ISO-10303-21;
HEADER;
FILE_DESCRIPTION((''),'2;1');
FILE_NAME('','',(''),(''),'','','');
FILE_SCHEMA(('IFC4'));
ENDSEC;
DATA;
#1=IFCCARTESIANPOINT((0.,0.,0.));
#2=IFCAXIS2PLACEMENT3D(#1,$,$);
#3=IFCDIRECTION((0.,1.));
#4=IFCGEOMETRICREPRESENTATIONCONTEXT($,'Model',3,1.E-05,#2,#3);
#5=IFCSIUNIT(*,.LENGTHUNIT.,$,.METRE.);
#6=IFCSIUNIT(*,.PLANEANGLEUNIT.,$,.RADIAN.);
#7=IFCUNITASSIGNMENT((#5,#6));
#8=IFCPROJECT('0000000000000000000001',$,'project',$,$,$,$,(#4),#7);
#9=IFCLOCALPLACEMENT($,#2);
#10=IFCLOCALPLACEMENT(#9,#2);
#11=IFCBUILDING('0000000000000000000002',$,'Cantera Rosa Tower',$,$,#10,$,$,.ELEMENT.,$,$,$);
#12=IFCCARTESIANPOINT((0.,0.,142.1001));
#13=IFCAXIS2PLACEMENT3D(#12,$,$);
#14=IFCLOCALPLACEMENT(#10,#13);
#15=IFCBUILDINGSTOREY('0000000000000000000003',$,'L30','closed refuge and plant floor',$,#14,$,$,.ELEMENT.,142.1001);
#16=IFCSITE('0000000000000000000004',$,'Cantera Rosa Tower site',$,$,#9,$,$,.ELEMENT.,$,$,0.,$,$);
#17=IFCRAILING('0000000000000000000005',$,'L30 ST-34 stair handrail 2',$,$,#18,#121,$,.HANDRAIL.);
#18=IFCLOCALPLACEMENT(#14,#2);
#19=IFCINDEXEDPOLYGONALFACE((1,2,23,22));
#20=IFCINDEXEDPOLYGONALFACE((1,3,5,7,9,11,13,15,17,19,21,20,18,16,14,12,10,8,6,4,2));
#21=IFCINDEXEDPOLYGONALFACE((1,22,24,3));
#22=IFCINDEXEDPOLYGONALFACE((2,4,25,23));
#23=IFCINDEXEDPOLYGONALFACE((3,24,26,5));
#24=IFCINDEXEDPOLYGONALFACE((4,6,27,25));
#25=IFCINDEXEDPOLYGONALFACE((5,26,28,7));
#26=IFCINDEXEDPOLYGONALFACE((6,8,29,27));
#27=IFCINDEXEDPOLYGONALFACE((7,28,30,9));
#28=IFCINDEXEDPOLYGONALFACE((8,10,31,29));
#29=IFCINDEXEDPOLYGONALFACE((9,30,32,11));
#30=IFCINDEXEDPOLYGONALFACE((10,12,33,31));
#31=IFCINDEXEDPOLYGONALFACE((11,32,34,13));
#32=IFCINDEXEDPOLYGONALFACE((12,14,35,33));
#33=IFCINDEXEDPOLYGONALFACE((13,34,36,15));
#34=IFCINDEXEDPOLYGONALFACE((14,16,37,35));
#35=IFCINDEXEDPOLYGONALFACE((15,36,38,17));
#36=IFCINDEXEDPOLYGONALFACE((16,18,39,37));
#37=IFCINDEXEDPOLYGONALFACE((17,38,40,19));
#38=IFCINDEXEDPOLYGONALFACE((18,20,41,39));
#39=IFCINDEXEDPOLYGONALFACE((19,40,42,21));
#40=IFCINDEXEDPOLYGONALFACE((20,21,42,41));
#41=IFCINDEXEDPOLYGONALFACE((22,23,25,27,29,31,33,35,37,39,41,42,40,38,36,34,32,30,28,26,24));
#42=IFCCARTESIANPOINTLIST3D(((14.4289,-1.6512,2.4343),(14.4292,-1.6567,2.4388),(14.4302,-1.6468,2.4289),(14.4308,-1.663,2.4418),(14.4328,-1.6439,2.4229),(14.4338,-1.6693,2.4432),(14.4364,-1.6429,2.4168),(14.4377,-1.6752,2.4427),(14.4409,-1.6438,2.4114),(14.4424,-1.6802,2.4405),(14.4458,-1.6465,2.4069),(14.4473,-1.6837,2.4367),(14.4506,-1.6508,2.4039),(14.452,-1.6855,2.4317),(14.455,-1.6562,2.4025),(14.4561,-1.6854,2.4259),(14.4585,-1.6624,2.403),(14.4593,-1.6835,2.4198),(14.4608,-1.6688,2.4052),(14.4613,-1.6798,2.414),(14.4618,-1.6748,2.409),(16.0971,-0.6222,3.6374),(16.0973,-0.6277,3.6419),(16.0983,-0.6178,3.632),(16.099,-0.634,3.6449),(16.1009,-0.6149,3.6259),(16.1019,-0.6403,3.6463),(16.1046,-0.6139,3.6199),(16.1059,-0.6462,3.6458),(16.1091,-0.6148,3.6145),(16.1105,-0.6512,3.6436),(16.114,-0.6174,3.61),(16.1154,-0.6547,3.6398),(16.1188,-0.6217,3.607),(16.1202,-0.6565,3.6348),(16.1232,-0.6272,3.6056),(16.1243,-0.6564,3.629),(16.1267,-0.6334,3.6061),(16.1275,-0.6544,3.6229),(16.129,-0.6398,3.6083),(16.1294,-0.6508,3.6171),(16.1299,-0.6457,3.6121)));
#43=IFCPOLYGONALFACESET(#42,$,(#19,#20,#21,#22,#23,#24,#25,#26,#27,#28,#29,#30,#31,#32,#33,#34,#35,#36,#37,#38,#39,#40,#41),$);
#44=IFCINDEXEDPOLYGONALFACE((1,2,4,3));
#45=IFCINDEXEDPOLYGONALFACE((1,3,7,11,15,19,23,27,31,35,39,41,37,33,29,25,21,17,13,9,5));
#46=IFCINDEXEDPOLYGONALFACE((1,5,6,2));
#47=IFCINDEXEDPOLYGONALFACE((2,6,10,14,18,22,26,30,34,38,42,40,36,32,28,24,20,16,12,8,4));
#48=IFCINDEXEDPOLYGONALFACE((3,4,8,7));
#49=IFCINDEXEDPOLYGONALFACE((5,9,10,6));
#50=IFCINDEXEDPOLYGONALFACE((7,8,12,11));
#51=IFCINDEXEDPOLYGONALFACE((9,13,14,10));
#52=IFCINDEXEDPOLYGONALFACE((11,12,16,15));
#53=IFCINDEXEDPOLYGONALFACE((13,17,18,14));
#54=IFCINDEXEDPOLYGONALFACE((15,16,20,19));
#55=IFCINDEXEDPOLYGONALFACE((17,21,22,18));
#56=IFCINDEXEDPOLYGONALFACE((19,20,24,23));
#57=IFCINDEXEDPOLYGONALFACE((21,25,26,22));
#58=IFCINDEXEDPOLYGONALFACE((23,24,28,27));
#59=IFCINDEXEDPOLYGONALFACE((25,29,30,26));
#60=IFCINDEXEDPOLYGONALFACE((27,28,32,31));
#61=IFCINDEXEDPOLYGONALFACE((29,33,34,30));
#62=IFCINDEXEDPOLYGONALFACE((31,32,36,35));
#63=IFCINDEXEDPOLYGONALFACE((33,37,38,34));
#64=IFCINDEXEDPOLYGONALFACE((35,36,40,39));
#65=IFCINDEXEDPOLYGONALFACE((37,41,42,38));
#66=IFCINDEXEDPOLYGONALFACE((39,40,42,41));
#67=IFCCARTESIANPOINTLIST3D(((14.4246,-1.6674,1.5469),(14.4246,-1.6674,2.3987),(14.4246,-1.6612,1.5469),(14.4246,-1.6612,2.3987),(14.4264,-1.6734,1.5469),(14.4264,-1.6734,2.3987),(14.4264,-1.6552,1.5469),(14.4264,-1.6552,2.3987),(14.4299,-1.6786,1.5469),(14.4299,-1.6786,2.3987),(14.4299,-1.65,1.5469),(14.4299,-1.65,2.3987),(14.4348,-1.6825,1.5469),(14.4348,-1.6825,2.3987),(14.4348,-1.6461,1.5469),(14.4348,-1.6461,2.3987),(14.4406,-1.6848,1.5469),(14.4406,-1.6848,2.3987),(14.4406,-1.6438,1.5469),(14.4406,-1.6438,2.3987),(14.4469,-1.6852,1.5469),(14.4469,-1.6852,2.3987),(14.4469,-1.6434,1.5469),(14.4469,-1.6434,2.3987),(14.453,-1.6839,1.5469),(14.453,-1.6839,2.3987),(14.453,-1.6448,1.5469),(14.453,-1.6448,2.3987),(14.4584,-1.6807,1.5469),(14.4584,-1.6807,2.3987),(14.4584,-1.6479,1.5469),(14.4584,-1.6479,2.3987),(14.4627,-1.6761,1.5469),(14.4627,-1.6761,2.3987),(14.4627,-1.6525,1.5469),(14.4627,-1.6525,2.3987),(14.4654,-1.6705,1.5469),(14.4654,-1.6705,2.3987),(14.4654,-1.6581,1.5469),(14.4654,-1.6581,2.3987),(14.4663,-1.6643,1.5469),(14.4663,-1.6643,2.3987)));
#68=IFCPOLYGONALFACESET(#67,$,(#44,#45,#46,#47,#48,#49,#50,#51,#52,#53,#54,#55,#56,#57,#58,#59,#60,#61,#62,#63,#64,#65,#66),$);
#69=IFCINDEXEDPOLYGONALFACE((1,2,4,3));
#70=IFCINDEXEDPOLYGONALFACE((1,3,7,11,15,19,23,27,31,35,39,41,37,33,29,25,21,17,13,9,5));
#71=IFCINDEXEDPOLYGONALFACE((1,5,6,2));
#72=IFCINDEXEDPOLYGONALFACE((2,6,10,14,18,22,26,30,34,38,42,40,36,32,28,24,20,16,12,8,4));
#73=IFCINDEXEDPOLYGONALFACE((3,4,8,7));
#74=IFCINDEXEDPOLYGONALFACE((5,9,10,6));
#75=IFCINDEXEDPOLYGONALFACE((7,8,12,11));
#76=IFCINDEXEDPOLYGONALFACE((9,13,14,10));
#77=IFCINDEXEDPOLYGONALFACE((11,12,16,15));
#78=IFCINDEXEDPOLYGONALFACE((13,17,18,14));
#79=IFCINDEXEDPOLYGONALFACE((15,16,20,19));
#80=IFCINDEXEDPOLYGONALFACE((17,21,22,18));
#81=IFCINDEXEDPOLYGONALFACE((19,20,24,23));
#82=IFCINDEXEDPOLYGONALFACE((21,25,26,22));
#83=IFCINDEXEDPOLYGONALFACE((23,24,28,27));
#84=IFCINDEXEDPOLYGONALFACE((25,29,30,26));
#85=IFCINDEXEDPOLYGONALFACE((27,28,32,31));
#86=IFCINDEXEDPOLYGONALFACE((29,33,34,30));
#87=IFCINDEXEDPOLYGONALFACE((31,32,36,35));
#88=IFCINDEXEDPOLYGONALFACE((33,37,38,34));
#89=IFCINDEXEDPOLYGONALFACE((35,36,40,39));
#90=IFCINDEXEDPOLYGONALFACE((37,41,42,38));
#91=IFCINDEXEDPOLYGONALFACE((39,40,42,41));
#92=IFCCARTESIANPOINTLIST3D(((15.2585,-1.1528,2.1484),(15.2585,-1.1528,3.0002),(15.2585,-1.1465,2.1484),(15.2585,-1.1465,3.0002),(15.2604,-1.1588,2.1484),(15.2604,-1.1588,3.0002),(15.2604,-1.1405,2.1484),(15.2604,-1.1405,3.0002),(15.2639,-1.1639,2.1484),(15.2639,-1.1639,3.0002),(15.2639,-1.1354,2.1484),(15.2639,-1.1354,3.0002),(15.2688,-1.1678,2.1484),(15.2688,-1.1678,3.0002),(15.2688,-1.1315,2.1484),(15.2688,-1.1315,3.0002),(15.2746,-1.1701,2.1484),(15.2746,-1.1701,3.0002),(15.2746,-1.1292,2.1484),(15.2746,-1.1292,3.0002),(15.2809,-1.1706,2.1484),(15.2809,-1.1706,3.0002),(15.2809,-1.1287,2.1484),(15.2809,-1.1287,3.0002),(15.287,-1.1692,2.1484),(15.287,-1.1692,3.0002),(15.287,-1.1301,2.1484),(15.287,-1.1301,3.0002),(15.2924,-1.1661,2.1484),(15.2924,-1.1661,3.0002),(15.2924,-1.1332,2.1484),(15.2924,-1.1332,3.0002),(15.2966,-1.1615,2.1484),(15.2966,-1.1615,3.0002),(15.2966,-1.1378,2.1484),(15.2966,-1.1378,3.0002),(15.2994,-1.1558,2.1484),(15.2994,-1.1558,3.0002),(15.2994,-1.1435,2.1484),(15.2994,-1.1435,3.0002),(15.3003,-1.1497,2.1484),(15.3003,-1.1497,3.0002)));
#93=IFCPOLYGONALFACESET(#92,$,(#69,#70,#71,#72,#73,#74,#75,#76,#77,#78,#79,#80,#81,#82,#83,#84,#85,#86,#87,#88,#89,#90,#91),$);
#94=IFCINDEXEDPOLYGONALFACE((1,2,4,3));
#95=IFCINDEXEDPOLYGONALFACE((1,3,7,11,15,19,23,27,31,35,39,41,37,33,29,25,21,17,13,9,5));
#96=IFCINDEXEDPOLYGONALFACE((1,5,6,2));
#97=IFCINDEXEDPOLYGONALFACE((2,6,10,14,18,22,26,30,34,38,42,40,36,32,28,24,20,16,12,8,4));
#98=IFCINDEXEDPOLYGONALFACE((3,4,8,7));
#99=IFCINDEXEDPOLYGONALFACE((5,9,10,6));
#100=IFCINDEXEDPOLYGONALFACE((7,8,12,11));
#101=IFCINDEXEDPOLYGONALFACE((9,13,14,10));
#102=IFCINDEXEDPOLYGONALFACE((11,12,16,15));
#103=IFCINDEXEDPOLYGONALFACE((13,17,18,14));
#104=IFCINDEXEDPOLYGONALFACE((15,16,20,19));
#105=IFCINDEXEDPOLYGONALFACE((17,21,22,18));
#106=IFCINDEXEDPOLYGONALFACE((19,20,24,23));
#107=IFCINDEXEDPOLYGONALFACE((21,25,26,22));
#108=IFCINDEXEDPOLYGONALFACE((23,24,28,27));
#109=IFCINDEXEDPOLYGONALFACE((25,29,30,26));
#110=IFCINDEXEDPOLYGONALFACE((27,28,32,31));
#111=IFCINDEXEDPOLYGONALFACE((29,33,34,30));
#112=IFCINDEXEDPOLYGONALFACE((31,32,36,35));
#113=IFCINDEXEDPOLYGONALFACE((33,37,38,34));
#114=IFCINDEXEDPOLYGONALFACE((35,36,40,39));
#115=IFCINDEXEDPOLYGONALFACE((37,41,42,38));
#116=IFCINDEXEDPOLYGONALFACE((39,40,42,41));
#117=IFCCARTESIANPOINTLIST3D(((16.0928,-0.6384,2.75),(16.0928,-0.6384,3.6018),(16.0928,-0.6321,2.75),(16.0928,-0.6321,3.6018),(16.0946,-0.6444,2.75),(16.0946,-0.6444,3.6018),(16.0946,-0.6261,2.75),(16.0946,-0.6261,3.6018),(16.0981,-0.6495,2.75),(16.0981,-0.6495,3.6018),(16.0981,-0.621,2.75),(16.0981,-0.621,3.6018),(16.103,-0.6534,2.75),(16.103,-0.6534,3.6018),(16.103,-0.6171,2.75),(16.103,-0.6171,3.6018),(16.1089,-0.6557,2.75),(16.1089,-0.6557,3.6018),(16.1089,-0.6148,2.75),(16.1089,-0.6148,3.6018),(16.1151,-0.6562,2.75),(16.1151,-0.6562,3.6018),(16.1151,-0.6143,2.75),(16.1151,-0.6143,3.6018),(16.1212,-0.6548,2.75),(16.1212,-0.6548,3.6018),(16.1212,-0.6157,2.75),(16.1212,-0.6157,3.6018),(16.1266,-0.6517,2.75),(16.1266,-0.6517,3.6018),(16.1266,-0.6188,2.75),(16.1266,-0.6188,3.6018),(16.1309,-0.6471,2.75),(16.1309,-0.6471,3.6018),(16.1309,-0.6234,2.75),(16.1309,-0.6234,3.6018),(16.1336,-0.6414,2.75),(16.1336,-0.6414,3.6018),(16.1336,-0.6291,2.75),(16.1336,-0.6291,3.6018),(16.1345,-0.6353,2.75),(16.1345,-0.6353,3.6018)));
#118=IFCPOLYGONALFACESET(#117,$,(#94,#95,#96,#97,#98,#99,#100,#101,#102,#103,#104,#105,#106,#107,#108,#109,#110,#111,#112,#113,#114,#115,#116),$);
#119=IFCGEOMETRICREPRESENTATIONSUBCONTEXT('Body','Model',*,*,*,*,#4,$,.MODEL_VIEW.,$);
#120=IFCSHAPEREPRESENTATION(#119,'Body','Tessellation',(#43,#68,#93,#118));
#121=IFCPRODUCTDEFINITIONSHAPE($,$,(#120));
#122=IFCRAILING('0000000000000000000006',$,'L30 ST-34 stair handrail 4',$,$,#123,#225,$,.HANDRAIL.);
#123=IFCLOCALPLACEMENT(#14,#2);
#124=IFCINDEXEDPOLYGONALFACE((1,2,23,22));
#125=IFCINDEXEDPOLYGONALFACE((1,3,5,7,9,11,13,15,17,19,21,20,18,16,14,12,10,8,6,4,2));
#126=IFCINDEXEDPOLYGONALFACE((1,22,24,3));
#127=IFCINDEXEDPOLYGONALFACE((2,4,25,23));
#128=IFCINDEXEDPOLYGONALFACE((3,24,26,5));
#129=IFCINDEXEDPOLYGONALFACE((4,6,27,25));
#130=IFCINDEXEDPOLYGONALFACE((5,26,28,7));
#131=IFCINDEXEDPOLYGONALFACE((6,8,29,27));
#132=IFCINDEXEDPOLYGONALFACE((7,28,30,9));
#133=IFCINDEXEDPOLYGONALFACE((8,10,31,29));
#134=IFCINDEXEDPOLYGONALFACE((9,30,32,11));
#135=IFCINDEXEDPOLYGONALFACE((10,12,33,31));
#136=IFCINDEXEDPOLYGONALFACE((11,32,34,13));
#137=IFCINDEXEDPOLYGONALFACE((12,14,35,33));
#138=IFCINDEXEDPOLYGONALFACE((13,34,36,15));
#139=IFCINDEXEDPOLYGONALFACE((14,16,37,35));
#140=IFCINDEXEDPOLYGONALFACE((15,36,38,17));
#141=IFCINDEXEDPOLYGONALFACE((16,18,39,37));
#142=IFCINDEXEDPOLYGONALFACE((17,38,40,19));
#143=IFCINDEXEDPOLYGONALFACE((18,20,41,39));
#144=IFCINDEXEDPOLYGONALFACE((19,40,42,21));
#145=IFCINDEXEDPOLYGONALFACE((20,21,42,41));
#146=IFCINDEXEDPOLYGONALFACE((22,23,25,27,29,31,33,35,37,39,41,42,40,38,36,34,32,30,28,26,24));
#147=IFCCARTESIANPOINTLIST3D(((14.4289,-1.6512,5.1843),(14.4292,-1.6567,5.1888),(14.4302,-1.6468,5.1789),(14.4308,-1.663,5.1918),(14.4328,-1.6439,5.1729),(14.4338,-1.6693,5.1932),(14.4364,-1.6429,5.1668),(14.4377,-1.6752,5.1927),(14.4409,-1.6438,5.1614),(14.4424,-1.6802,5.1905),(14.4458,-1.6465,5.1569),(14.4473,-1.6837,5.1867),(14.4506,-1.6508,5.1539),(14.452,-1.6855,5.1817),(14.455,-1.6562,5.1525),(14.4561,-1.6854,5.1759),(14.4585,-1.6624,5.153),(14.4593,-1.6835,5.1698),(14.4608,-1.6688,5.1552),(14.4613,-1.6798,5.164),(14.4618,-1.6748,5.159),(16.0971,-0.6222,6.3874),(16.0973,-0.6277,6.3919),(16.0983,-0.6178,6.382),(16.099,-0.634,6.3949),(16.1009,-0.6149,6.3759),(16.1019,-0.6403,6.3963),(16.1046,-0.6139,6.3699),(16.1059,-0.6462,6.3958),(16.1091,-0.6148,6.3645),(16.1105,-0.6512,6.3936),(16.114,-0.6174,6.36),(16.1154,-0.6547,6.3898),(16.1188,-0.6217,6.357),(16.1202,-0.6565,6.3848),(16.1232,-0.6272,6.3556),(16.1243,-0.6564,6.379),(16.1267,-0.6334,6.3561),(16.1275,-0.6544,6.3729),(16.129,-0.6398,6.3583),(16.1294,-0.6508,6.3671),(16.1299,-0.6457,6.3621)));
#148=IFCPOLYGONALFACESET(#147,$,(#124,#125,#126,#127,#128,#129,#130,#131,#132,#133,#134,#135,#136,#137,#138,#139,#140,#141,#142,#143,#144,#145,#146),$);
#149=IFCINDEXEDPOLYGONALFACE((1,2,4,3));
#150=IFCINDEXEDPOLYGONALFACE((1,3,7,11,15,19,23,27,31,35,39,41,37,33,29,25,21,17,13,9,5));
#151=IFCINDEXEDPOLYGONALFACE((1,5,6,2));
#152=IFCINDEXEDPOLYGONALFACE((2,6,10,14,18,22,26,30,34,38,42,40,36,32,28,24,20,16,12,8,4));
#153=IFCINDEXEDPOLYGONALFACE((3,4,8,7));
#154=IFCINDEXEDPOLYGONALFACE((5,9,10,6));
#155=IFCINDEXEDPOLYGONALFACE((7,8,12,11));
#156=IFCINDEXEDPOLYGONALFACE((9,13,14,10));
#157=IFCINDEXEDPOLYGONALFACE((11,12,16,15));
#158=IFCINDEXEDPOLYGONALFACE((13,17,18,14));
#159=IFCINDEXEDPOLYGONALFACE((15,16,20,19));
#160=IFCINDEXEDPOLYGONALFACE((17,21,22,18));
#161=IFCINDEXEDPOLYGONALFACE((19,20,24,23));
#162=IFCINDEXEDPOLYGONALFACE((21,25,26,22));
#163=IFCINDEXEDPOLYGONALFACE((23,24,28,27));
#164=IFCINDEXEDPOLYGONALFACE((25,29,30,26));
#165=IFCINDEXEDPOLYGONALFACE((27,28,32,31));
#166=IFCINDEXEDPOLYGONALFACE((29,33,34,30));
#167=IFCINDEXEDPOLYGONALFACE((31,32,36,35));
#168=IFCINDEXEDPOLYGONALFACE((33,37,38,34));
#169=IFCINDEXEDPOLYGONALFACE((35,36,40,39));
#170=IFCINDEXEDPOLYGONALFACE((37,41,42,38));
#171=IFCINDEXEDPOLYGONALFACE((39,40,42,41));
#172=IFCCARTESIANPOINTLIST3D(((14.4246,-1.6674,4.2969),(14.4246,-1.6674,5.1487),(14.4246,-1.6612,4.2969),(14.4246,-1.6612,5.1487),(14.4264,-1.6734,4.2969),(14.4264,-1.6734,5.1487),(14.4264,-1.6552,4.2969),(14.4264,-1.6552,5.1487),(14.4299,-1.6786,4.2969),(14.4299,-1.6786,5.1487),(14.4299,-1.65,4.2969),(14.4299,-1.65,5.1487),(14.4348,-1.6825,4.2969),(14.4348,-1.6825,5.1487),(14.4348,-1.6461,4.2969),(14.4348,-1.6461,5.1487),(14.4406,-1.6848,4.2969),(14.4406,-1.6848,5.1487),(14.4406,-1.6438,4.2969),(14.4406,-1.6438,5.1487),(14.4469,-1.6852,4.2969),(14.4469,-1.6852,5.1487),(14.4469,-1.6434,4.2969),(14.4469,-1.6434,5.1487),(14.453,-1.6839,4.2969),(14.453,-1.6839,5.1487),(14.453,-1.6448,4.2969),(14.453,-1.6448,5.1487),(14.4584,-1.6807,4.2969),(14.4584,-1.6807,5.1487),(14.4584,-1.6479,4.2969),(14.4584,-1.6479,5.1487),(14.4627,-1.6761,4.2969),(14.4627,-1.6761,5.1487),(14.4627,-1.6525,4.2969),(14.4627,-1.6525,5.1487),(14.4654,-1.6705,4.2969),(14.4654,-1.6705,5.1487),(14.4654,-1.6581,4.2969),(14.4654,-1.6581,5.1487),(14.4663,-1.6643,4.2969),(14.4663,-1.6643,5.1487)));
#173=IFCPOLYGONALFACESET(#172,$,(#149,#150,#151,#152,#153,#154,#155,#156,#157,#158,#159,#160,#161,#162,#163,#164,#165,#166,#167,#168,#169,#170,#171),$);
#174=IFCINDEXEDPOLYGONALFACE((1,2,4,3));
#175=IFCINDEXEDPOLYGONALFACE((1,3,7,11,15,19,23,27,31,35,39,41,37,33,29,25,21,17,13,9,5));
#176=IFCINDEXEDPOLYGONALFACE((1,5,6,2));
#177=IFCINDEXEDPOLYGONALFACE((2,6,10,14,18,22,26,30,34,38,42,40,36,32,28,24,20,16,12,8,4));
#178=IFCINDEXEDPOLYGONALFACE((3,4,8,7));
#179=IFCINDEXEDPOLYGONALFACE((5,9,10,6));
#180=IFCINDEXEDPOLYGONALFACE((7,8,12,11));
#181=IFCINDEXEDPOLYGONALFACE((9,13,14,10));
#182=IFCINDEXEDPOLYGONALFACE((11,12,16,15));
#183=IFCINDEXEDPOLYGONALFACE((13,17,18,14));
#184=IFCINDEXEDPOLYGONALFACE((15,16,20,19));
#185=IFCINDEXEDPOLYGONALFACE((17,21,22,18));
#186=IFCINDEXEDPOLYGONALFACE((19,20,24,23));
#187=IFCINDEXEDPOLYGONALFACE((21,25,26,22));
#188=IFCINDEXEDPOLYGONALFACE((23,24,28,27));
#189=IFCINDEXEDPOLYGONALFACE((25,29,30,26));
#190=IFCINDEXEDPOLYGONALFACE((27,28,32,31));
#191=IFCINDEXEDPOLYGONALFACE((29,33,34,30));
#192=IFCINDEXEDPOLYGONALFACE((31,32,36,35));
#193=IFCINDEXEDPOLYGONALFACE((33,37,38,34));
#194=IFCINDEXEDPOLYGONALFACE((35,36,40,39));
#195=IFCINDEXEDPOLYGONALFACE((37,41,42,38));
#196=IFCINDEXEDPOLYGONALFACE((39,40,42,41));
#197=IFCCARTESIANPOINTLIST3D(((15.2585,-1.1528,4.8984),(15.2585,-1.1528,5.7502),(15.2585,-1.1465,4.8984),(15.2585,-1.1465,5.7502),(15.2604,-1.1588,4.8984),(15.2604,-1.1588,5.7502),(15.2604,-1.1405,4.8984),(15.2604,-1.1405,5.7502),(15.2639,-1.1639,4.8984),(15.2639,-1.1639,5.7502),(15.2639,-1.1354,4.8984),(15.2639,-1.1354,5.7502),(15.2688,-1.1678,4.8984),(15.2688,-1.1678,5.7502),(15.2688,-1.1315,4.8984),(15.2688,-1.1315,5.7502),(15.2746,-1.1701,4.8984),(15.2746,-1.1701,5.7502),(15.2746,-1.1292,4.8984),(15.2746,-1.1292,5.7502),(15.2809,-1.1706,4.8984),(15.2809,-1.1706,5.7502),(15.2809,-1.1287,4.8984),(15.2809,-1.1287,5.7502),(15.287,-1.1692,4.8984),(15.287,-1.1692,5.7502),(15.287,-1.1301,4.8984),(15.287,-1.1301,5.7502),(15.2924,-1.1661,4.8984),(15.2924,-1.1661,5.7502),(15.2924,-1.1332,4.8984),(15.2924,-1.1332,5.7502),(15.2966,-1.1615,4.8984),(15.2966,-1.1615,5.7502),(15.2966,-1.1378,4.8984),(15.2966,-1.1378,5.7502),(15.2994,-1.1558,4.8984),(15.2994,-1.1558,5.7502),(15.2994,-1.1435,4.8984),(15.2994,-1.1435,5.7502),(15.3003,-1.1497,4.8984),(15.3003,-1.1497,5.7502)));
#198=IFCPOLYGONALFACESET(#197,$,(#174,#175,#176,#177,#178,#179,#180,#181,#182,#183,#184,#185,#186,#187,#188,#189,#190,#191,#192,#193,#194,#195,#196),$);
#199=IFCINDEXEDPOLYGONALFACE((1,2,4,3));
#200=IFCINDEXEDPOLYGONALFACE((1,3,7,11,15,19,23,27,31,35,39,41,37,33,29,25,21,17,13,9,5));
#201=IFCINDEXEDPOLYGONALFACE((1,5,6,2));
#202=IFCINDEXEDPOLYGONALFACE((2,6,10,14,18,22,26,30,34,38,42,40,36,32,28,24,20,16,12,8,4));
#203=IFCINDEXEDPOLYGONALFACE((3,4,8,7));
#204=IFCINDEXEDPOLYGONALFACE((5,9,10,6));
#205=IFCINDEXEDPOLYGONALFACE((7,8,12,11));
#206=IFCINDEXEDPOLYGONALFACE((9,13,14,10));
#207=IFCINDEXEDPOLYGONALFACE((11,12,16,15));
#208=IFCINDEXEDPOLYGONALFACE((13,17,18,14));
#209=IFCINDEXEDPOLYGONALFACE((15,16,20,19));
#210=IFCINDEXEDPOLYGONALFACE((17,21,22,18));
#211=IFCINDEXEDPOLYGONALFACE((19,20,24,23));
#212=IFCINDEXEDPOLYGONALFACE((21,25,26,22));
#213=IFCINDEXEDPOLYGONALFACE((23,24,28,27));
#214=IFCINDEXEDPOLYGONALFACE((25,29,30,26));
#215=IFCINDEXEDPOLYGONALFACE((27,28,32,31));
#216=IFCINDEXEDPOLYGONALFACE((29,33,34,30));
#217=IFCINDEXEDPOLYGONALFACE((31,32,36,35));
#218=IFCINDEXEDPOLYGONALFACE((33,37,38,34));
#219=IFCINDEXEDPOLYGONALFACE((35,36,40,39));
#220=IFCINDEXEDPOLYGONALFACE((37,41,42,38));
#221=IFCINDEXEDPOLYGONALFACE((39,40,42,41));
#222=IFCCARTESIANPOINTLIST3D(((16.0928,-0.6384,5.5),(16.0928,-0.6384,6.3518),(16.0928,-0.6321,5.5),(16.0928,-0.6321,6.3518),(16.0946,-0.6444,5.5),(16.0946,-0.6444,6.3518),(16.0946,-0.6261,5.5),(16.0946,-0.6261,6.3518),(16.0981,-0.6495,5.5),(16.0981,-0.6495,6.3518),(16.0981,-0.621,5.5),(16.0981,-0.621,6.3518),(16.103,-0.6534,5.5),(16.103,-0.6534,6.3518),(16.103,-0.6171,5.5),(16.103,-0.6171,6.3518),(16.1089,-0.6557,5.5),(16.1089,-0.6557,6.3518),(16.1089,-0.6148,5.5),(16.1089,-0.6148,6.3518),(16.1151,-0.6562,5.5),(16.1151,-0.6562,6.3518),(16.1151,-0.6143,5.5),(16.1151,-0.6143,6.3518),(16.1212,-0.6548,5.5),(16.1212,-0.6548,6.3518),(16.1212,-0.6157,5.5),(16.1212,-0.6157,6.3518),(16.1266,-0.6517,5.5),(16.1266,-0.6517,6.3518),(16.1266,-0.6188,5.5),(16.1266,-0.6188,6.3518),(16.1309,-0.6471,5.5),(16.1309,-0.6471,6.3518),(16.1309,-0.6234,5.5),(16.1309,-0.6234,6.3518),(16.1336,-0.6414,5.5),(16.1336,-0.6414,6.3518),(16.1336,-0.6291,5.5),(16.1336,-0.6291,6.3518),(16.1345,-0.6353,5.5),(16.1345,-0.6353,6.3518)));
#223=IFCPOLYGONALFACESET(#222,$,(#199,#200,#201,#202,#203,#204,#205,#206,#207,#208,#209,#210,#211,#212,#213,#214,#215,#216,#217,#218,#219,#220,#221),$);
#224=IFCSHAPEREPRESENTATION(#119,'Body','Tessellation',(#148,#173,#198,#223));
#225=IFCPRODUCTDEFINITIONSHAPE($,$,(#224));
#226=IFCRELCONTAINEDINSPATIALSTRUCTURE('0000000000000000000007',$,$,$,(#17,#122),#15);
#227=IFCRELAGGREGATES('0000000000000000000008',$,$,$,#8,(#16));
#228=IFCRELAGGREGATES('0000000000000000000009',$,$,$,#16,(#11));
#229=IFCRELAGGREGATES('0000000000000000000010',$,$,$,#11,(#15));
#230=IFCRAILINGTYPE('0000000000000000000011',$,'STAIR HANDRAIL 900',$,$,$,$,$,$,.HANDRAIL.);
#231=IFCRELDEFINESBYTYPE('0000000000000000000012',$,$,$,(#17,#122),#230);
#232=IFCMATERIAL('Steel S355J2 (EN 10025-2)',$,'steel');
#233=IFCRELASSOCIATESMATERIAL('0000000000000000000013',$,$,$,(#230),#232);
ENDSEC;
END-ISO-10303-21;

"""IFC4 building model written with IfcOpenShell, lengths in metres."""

from ifc_helpers import new_model, si_unit, direction, frame, origin, origin_2d, place, context, subcontext, project, spatial, circle, extrude, material, type_object, element, save


model = new_model("IFC4")

# Units and contexts
model_context = context("Model", 3, precision=1e-05, world=origin(), true_north=direction((0.0, 1.0)))
body_context = subcontext(model_context, "Body", "Model", "MODEL_VIEW")
ifc_project = project(units=[si_unit("LENGTHUNIT", "METRE"), si_unit("PLANEANGLEUNIT", "RADIAN")], contexts=[model_context])

# Site, building, storey
site_placement = place(None, origin())
site = spatial("IfcSite", under=ifc_project, at=site_placement, Name="Cantera Rosa Tower site", CompositionType="ELEMENT", RefElevation=0.0)
building_placement = place(site_placement, origin())
building = spatial("IfcBuilding", under=site, at=building_placement, Name="Cantera Rosa Tower", CompositionType="ELEMENT")
storey_placement = place(building_placement, frame((0.0, 0.0, 142.1001)))
storey = spatial("IfcBuildingStorey", under=building, at=storey_placement, Name="L30", Description="closed refuge and plant floor", CompositionType="ELEMENT", Elevation=142.1001)

# Railings
ifc_material_1 = material(Name="Steel S355J2 (EN 10025-2)", Category="steel")
railing_type = type_object("IfcRailingType", Name="STAIR HANDRAIL 900", PredefinedType="HANDRAIL", material=ifc_material_1)
for number, where, name in (
    (1, (14.4453, -1.6643, 1.5469), "L30 ST-34 stair handrail 2"),
    (2, (14.4453, -1.6643, 4.2969), "L30 ST-34 stair handrail 4"),
):
    element("IfcRailing", number, at=place(storey_placement, frame(where)), inside=storey, type_object=railing_type, Name=name, PredefinedType="HANDRAIL", context=body_context, shape_type="SweptSolid", body=[
        extrude(circle(Radius=0.0239, at=origin_2d()), frame((0.0, 0.0, 0.876), z_axis=(0.725352, 0.44744, 0.523128), x_axis=(-0.525008, 0.851098, 0.0)), (0.0, 0.0, 1.0), 2.2998),
        extrude(circle(Radius=0.021, at=origin_2d()), origin(), (0.0, 0.0, 1.0), 0.8518),
        extrude(circle(Radius=0.021, at=origin_2d()), frame((0.834, 0.5146, 0.6016)), (0.0, 0.0, 1.0), 0.8518),
        extrude(circle(Radius=0.021, at=origin_2d()), frame((1.6682, 1.0291, 1.2031)), (0.0, 0.0, 1.0), 0.8518),
    ])

save(model, "model.ifc")
